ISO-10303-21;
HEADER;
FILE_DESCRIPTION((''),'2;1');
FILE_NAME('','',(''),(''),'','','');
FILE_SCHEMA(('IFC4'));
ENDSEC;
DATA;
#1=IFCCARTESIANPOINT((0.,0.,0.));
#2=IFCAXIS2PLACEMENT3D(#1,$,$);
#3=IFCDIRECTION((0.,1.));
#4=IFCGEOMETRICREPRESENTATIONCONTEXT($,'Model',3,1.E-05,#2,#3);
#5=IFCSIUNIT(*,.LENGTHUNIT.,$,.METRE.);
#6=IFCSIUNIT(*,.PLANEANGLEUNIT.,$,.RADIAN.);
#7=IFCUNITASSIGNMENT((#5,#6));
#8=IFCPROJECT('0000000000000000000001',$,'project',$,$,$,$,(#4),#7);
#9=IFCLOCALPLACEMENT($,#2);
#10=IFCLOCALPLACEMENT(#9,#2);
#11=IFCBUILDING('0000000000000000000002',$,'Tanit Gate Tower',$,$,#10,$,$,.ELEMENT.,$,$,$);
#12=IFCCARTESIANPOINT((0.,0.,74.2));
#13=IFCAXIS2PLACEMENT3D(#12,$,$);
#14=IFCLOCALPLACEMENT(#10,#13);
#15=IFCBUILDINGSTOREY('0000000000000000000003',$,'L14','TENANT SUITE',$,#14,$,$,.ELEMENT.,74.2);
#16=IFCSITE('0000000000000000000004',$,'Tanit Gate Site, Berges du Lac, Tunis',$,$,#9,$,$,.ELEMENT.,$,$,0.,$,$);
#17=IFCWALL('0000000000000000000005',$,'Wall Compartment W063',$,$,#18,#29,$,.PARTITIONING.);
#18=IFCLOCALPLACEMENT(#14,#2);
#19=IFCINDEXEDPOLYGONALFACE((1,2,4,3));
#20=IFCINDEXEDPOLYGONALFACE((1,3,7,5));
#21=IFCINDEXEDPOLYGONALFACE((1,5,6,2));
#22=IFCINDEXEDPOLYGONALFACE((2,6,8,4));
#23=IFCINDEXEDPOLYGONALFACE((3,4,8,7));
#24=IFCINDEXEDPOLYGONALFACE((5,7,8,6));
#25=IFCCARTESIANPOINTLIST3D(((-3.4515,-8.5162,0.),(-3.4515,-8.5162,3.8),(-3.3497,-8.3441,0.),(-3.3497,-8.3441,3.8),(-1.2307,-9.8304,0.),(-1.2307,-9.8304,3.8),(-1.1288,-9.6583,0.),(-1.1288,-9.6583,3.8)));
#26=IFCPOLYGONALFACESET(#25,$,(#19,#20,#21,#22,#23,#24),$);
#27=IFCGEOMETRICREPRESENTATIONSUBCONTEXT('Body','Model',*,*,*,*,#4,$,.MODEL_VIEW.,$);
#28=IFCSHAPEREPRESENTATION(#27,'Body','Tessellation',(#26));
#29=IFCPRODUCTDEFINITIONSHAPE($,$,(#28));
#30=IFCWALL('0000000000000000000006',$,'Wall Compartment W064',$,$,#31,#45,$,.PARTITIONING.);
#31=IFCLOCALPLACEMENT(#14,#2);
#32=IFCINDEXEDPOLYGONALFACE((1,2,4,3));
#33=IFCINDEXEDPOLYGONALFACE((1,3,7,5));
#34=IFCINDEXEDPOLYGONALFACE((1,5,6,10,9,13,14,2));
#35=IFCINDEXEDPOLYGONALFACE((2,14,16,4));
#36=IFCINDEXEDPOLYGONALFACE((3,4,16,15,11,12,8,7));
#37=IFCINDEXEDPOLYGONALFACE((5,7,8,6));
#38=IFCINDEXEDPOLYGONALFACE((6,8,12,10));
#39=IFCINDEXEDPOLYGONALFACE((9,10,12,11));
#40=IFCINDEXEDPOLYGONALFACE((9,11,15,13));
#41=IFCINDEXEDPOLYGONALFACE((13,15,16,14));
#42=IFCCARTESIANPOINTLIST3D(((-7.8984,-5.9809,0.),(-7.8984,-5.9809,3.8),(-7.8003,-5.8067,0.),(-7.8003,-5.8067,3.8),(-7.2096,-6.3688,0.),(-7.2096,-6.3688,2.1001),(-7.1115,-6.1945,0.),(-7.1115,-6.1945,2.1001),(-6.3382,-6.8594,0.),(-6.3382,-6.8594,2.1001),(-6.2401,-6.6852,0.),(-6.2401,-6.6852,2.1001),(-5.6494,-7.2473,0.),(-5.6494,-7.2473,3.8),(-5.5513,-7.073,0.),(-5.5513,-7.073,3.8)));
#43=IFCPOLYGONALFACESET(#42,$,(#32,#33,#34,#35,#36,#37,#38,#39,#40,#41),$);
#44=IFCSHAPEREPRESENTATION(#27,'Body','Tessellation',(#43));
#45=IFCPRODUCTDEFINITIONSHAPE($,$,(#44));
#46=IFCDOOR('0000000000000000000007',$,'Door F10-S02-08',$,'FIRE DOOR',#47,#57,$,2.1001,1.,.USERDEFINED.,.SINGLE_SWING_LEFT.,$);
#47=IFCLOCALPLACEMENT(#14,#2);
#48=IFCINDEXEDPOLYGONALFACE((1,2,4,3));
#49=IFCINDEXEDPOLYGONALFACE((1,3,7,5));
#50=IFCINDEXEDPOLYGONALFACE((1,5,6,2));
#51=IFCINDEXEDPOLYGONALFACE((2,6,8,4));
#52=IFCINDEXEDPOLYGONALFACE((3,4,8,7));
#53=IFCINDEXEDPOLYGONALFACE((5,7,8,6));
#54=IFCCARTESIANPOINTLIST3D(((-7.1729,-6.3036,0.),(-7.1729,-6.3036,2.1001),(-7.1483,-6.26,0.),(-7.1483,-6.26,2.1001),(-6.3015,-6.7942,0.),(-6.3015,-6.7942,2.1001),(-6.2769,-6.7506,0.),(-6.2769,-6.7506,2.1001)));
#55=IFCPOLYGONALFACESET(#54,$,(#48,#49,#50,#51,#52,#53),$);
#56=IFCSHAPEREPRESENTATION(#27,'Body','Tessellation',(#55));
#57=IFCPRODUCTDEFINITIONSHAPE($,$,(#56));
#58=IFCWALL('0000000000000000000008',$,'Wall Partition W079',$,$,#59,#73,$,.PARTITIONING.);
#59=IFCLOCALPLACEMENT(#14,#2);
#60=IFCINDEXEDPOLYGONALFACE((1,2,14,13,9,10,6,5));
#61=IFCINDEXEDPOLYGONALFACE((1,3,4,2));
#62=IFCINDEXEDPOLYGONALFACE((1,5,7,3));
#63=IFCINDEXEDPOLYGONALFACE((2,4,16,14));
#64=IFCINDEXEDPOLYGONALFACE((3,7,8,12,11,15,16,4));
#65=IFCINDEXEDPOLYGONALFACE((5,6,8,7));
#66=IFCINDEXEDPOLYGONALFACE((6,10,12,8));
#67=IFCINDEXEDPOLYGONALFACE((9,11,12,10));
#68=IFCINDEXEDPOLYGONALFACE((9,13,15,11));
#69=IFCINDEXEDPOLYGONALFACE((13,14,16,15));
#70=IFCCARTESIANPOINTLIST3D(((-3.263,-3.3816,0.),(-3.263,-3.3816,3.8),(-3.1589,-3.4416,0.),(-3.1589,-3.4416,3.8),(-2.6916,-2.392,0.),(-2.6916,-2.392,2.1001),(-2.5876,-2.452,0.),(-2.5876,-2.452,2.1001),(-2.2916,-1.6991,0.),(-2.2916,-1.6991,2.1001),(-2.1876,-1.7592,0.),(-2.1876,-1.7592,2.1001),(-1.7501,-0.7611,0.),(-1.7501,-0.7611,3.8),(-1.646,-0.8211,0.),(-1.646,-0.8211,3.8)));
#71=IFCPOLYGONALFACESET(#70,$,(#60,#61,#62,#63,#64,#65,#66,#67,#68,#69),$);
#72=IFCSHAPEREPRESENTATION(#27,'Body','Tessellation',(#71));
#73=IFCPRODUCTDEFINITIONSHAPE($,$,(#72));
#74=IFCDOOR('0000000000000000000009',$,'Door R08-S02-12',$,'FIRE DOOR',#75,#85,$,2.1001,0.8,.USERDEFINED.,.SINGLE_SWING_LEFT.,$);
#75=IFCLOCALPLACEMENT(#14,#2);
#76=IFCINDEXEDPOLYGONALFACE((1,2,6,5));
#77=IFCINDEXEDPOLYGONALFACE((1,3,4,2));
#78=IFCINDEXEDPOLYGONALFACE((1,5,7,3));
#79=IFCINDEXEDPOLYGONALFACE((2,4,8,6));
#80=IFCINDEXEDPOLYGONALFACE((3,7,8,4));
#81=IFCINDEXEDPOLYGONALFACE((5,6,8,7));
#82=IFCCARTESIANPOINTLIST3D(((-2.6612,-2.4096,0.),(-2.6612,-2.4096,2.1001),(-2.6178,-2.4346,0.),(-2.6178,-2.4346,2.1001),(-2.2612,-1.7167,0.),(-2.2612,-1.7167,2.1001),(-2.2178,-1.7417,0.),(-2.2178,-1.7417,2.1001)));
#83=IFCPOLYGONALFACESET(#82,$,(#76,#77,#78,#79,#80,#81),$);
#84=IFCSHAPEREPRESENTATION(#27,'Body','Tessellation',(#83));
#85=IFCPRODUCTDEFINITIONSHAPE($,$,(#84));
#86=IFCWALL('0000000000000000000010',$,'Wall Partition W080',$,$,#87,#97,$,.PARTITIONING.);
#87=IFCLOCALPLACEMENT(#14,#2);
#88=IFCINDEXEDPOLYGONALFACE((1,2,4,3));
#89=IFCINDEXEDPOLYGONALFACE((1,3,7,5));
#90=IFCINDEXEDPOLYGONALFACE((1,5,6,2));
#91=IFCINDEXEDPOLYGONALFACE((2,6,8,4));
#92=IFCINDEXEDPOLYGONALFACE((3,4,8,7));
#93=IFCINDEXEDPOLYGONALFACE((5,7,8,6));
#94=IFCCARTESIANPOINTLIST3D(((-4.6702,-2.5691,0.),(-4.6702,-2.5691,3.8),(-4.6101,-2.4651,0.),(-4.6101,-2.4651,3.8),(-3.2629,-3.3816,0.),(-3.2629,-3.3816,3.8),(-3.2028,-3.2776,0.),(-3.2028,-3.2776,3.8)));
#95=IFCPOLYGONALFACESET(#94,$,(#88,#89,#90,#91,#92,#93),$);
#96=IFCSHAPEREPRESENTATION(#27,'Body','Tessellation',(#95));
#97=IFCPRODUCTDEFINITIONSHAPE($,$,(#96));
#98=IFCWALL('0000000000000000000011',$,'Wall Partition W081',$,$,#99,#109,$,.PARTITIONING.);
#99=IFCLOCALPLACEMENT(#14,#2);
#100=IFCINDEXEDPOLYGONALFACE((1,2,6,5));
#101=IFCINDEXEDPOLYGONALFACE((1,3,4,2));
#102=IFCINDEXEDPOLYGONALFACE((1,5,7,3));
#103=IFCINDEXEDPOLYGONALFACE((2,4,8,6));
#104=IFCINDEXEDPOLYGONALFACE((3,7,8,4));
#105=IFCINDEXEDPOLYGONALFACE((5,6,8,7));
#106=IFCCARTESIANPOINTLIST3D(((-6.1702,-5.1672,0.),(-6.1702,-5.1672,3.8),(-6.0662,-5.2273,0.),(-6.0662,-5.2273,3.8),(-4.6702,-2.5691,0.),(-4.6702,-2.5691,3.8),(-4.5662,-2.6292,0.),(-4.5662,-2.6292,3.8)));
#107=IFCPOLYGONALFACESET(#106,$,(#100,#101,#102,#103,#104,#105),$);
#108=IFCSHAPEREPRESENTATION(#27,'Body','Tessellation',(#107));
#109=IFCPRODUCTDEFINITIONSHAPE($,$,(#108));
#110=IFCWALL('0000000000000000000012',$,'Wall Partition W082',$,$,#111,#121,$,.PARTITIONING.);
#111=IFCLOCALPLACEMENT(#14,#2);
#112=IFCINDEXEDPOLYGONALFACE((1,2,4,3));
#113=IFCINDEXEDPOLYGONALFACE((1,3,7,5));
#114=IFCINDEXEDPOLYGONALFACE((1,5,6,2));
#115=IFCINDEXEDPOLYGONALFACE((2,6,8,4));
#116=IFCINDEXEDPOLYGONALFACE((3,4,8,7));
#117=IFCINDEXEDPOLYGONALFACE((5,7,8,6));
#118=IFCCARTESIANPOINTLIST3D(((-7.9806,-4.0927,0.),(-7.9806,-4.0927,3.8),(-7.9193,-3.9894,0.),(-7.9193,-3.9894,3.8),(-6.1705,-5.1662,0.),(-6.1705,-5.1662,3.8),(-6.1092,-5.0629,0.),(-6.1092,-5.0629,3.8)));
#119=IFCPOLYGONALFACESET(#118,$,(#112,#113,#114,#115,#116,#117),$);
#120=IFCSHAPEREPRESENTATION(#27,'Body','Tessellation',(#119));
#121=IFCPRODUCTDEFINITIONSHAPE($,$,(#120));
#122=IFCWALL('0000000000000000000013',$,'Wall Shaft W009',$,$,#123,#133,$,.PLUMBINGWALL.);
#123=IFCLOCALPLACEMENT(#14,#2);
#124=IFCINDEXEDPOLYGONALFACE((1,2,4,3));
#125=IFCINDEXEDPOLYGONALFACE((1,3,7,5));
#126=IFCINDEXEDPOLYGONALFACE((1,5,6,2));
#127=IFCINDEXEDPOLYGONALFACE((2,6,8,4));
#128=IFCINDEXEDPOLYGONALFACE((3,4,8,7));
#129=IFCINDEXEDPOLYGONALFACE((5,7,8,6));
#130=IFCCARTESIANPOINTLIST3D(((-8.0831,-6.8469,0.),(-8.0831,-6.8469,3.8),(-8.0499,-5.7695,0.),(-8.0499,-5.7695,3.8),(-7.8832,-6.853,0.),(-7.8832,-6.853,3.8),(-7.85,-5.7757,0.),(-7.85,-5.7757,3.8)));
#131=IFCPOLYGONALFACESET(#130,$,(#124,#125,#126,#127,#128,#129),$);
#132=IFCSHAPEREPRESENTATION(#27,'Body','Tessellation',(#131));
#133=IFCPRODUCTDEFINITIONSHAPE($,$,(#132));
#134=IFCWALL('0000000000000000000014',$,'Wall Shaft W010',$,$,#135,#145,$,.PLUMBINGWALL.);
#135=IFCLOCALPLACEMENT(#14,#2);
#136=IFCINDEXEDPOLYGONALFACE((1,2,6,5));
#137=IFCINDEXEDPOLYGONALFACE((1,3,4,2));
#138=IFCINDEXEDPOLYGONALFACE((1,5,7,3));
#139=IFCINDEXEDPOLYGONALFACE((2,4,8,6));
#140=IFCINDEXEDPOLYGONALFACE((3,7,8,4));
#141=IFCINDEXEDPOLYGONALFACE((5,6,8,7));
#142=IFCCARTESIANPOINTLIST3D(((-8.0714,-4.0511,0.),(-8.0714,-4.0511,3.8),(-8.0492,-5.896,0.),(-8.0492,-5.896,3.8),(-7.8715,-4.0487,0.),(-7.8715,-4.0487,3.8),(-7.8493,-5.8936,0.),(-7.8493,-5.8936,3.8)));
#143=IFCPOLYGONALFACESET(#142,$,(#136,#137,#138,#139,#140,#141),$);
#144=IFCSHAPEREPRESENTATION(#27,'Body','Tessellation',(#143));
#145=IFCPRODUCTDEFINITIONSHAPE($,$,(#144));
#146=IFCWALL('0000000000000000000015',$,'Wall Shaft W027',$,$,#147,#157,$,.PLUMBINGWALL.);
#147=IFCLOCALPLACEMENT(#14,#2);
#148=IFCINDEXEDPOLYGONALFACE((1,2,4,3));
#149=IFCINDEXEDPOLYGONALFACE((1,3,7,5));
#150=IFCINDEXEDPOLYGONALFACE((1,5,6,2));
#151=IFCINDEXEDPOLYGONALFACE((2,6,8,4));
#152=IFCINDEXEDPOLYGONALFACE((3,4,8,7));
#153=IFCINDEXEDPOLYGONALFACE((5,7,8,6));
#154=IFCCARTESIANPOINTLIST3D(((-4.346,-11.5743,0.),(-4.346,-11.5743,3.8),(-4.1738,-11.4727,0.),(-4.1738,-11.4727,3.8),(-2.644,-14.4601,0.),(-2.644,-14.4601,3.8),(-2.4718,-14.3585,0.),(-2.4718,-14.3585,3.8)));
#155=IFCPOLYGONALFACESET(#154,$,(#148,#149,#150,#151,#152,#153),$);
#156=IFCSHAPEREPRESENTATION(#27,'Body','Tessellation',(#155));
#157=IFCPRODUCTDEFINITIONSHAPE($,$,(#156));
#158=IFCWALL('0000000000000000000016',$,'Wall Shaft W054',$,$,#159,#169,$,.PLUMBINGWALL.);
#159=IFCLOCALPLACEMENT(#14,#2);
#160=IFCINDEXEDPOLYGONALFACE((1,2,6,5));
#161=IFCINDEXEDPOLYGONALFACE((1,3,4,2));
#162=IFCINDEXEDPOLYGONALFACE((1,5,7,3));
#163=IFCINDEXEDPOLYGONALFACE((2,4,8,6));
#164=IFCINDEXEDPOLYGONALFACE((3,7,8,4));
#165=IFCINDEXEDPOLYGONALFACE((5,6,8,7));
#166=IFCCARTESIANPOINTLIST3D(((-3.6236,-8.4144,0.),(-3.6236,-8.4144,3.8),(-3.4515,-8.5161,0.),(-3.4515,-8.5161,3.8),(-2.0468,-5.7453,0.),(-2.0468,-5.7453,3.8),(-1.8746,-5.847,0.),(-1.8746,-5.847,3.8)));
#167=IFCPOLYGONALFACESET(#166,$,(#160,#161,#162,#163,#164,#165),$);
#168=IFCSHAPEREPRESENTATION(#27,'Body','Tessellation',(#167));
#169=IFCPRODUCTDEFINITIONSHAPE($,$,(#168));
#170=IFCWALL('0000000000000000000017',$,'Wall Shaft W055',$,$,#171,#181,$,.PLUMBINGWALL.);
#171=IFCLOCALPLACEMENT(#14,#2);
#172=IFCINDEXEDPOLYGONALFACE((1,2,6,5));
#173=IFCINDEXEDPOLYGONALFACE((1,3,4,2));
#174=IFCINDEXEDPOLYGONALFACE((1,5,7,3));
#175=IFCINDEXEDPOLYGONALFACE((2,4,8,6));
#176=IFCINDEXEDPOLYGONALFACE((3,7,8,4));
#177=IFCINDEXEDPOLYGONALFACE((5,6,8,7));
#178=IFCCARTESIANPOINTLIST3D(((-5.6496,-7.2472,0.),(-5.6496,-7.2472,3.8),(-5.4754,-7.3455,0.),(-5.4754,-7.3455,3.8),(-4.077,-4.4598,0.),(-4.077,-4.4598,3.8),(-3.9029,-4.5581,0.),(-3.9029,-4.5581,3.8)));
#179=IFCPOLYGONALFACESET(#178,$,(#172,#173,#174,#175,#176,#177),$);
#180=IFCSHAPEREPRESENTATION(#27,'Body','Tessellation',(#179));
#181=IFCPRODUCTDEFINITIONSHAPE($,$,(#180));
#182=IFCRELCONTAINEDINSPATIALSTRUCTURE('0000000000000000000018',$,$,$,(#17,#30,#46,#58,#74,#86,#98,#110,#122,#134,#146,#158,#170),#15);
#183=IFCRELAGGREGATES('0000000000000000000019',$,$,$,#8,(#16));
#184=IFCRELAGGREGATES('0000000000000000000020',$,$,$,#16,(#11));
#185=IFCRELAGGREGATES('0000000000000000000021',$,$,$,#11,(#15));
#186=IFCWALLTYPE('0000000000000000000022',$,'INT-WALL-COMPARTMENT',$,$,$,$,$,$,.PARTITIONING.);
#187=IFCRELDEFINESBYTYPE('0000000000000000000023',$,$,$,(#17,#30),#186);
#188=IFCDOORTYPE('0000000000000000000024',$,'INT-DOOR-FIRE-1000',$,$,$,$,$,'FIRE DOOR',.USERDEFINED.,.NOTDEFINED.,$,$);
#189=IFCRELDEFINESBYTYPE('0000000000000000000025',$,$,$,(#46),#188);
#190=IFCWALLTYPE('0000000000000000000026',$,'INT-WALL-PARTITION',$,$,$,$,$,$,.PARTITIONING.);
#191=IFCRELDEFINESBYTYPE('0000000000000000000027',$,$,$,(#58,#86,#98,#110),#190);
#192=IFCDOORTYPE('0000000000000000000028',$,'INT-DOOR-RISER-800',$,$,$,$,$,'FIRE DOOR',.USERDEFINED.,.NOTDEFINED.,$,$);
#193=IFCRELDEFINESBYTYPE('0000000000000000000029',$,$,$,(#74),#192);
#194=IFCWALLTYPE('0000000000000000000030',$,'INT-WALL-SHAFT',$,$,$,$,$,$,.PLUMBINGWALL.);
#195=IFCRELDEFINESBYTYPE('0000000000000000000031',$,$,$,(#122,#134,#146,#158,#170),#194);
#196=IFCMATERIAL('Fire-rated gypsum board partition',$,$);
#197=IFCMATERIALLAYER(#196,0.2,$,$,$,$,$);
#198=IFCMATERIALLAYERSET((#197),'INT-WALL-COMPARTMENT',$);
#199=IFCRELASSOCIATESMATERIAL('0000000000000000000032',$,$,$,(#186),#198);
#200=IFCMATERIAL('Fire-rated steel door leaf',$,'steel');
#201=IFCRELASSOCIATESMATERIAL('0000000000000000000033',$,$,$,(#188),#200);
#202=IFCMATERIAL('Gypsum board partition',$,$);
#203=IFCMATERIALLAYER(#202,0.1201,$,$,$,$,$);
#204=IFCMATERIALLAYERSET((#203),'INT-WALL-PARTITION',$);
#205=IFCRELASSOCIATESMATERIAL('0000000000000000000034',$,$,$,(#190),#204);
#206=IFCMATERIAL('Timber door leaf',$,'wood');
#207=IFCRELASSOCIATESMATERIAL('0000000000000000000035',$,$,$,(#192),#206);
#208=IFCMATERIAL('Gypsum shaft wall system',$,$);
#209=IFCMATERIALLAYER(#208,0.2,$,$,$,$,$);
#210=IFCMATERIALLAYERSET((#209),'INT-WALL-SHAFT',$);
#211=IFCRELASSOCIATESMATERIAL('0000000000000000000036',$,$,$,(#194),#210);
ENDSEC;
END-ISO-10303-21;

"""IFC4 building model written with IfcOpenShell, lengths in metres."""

from ifc_helpers import new_model, si_unit, direction, frame, frame_2d, origin, place, context, subcontext, project, spatial, rectangle, extrude, material, layer, layer_set, type_object, element, fill, save


model = new_model("IFC4")

# Units and contexts
model_context = context("Model", 3, precision=1e-05, world=origin(), true_north=direction((0.0, 1.0)))
body_context = subcontext(model_context, "Body", "Model", "MODEL_VIEW")
ifc_project = project(units=[si_unit("LENGTHUNIT", "METRE"), si_unit("PLANEANGLEUNIT", "RADIAN")], contexts=[model_context])

# Site, building, storey
site_placement = place(None, origin())
site = spatial("IfcSite", under=ifc_project, at=site_placement, Name="Tanit Gate Site, Berges du Lac, Tunis", CompositionType="ELEMENT", RefElevation=0.0)
building_placement = place(site_placement, origin())
building = spatial("IfcBuilding", under=site, at=building_placement, Name="Tanit Gate Tower", CompositionType="ELEMENT")
storey_placement = place(building_placement, frame((0.0, 0.0, 74.2)))
storey = spatial("IfcBuildingStorey", under=building, at=storey_placement, Name="L14", Description="TENANT SUITE", CompositionType="ELEMENT", Elevation=74.2)

# Wall
ifc_material_1 = material(Name="Fire-rated gypsum board partition")
ifc_layer_1 = layer(ifc_material_1, 0.2)
ifc_layer_set_1 = layer_set([ifc_layer_1], Name="INT-WALL-COMPARTMENT")
wall_type_1 = type_object("IfcWallType", Name="INT-WALL-COMPARTMENT", PredefinedType="PARTITIONING", material=ifc_layer_set_1)
wall_1_placement = place(storey_placement, frame((-3.4006, -8.4302, 0.0), z_axis=(0.0, 0.0, 1.0), x_axis=(0.860616, -0.509255, 0.0)))
element("IfcWall", 1, at=wall_1_placement, inside=storey, type_object=wall_type_1, Name="Wall Compartment W063", PredefinedType="PARTITIONING", context=body_context, shape_type="SweptSolid", body=[
    extrude(rectangle(XDim=2.5806, YDim=0.2, at=frame_2d((1.2903, 0.0))), origin(), (0.0, 0.0, 1.0), 3.8),
])

# Walls, openings, doors
wall_2_placement = place(storey_placement, frame((-7.8494, -5.8938, 0.0), z_axis=(0.0, 0.0, 1.0), x_axis=(0.871363, -0.490638, 0.0)))
wall_2 = element("IfcWall", 2, at=wall_2_placement, inside=storey, type_object=wall_type_1, Name="Wall Compartment W064", PredefinedType="PARTITIONING", context=body_context, shape_type="SweptSolid", body=[
    extrude(rectangle(XDim=2.5811, YDim=0.2, at=frame_2d((1.2905, 0.0))), origin(), (0.0, 0.0, 1.0), 3.8),
])
opening_1_placement = place(wall_2_placement, frame((0.7905, 0.0, 0.0)))
opening_1 = element("IfcOpeningElement", 3, at=opening_1_placement, cuts=wall_2, PredefinedType="OPENING", context=body_context, shape_type="SweptSolid", body=[
    extrude(rectangle(XDim=1.0, YDim=2.1001, at=frame_2d((0.5, 1.05))), frame((0.0, 0.1099, 0.0), z_axis=(0.0, -1.0, 0.0), x_axis=(1.0, 0.0, 0.0)), (0.0, 0.0, 1.0), 0.22),
])
ifc_material_2 = material(Name="Fire-rated steel door leaf", Category="steel")
door_type_1 = type_object("IfcDoorType", Name="INT-DOOR-FIRE-1000", ElementType="FIRE DOOR", OperationType="NOTDEFINED", PredefinedType="USERDEFINED", material=ifc_material_2)
door_1_placement = place(opening_1_placement, origin())
door_1 = element("IfcDoor", 4, at=door_1_placement, inside=storey, type_object=door_type_1, Name="Door F10-S02-08", ObjectType="FIRE DOOR", OperationType="SINGLE_SWING_LEFT", OverallHeight=2.1001, OverallWidth=1.0, PredefinedType="USERDEFINED", context=body_context, shape_type="SweptSolid", body=[
    extrude(rectangle(XDim=1.0, YDim=2.1001, at=frame_2d((0.5, 1.05))), frame((0.0, 0.0249, 0.0), z_axis=(0.0, -1.0, 0.0), x_axis=(1.0, 0.0, 0.0)), (0.0, 0.0, 1.0), 0.05),
])
fill(opening_1, door_1)
ifc_material_3 = material(Name="Gypsum board partition")
ifc_layer_2 = layer(ifc_material_3, 0.1201)
ifc_layer_set_2 = layer_set([ifc_layer_2], Name="INT-WALL-PARTITION")
wall_type_2 = type_object("IfcWallType", Name="INT-WALL-PARTITION", PredefinedType="PARTITIONING", material=ifc_layer_set_2)
wall_3_placement = place(storey_placement, frame((-3.2109, -3.4116, 0.0), z_axis=(0.0, 0.0, 1.0), x_axis=(0.499983, 0.866035, 0.0)))
wall_3 = element("IfcWall", 5, at=wall_3_placement, inside=storey, type_object=wall_type_2, Name="Wall Partition W079", PredefinedType="PARTITIONING", context=body_context, shape_type="SweptSolid", body=[
    extrude(rectangle(XDim=3.0259, YDim=0.1201, at=frame_2d((1.5129, 0.0))), origin(), (0.0, 0.0, 1.0), 3.8),
])
opening_2_placement = place(wall_3_placement, frame((1.1428, 0.0, 0.0)))
opening_2 = element("IfcOpeningElement", 6, at=opening_2_placement, cuts=wall_3, PredefinedType="OPENING", context=body_context, shape_type="SweptSolid", body=[
    extrude(rectangle(XDim=0.8, YDim=2.1001, at=frame_2d((0.3999, 1.05))), frame((0.0, 0.0701, 0.0), z_axis=(0.0, -1.0, 0.0), x_axis=(1.0, 0.0, 0.0)), (0.0, 0.0, 1.0), 0.1401),
])
ifc_material_4 = material(Name="Timber door leaf", Category="wood")
door_type_2 = type_object("IfcDoorType", Name="INT-DOOR-RISER-800", ElementType="FIRE DOOR", OperationType="NOTDEFINED", PredefinedType="USERDEFINED", material=ifc_material_4)
door_2_placement = place(opening_2_placement, origin())
door_2 = element("IfcDoor", 7, at=door_2_placement, inside=storey, type_object=door_type_2, Name="Door R08-S02-12", ObjectType="FIRE DOOR", OperationType="SINGLE_SWING_LEFT", OverallHeight=2.1001, OverallWidth=0.8, PredefinedType="USERDEFINED", context=body_context, shape_type="SweptSolid", body=[
    extrude(rectangle(XDim=0.8, YDim=2.1001, at=frame_2d((0.3999, 1.05))), frame((0.0, 0.0249, 0.0), z_axis=(0.0, -1.0, 0.0), x_axis=(1.0, 0.0, 0.0)), (0.0, 0.0, 1.0), 0.05),
])
fill(opening_2, door_2)

# Walls
wall_4_placement = place(storey_placement, frame((-4.6401, -2.5171, 0.0), z_axis=(0.0, 0.0, 1.0), x_axis=(0.866015, -0.500017, 0.0)))
element("IfcWall", 8, at=wall_4_placement, inside=storey, type_object=wall_type_2, Name="Wall Partition W080", PredefinedType="PARTITIONING", context=body_context, shape_type="SweptSolid", body=[
    extrude(rectangle(XDim=1.625, YDim=0.1201, at=frame_2d((0.8125, 0.0))), origin(), (0.0, 0.0, 1.0), 3.8),
])
wall_5_placement = place(storey_placement, frame((-6.1182, -5.1973, 0.0), z_axis=(0.0, 0.0, 1.0), x_axis=(0.49999, 0.866031, 0.0)))
element("IfcWall", 9, at=wall_5_placement, inside=storey, type_object=wall_type_2, Name="Wall Partition W081", PredefinedType="PARTITIONING", context=body_context, shape_type="SweptSolid", body=[
    extrude(rectangle(XDim=3.0, YDim=0.1201, at=frame_2d((1.5, 0.0))), origin(), (0.0, 0.0, 1.0), 3.8),
])
wall_6_placement = place(storey_placement, frame((-7.95, -4.041, 0.0), z_axis=(0.0, 0.0, 1.0), x_axis=(0.860112, -0.510104, 0.0)))
element("IfcWall", 10, at=wall_6_placement, inside=storey, type_object=wall_type_2, Name="Wall Partition W082", PredefinedType="PARTITIONING", context=body_context, shape_type="SweptSolid", body=[
    extrude(rectangle(XDim=2.1045, YDim=0.1201, at=frame_2d((1.0522, 0.0))), origin(), (0.0, 0.0, 1.0), 3.8),
])
ifc_material_5 = material(Name="Gypsum shaft wall system")
ifc_layer_3 = layer(ifc_material_5, 0.2)
ifc_layer_set_3 = layer_set([ifc_layer_3], Name="INT-WALL-SHAFT")
wall_type_3 = type_object("IfcWallType", Name="INT-WALL-SHAFT", PredefinedType="PLUMBINGWALL", material=ifc_layer_set_3)
wall_7_placement = place(storey_placement, frame((-7.95, -5.7725, 0.0), z_axis=(0.0, 0.0, 1.0), x_axis=(-0.030803, -0.999525, 0.0)))
element("IfcWall", 11, at=wall_7_placement, inside=storey, type_object=wall_type_3, Name="Wall Shaft W009", PredefinedType="PLUMBINGWALL", context=body_context, shape_type="SweptSolid", body=[
    extrude(rectangle(XDim=1.0779, YDim=0.2, at=frame_2d((0.5391, 0.0))), origin(), (0.0, 0.0, 1.0), 3.8),
])
wall_8_placement = place(storey_placement, frame((-7.9714, -4.05, 0.0), z_axis=(0.0, 0.0, 1.0), x_axis=(0.012043, -0.999927, 0.0)))
element("IfcWall", 12, at=wall_8_placement, inside=storey, type_object=wall_type_3, Name="Wall Shaft W010", PredefinedType="PLUMBINGWALL", context=body_context, shape_type="SweptSolid", body=[
    extrude(rectangle(XDim=1.845, YDim=0.2, at=frame_2d((0.9224, 0.0))), origin(), (0.0, 0.0, 1.0), 3.8),
])
wall_9_placement = place(storey_placement, frame((-2.5579, -14.4094, 0.0), z_axis=(0.0, 0.0, 1.0), x_axis=(-0.507997, 0.861359, 0.0)))
element("IfcWall", 13, at=wall_9_placement, inside=storey, type_object=wall_type_3, Name="Wall Shaft W027", PredefinedType="PLUMBINGWALL", context=body_context, shape_type="SweptSolid", body=[
    extrude(rectangle(XDim=3.3503, YDim=0.2, at=frame_2d((1.6753, 0.0))), origin(), (0.0, 0.0, 1.0), 3.8),
])

# Walls
wall_10_placement = place(storey_placement, frame((-1.9607, -5.7961, 0.0), z_axis=(0.0, 0.0, 1.0), x_axis=(-0.508647, -0.860975, 0.0)))
element("IfcWall", 14, at=wall_10_placement, inside=storey, type_object=wall_type_3, Name="Wall Shaft W054", PredefinedType="PLUMBINGWALL", context=body_context, shape_type="SweptSolid", body=[
    extrude(rectangle(XDim=3.1001, YDim=0.2, at=frame_2d((1.55, 0.0))), origin(), (0.0, 0.0, 1.0), 3.8),
])
wall_11_placement = place(storey_placement, frame((-3.99, -4.509, 0.0), z_axis=(0.0, 0.0, 1.0), x_axis=(-0.491358, -0.870958, 0.0)))
element("IfcWall", 15, at=wall_11_placement, inside=storey, type_object=wall_type_3, Name="Wall Shaft W055", PredefinedType="PLUMBINGWALL", context=body_context, shape_type="SweptSolid", body=[
    extrude(rectangle(XDim=3.2004, YDim=0.2, at=frame_2d((1.6001, 0.0))), origin(), (0.0, 0.0, 1.0), 3.8),
])

save(model, "model.ifc")
